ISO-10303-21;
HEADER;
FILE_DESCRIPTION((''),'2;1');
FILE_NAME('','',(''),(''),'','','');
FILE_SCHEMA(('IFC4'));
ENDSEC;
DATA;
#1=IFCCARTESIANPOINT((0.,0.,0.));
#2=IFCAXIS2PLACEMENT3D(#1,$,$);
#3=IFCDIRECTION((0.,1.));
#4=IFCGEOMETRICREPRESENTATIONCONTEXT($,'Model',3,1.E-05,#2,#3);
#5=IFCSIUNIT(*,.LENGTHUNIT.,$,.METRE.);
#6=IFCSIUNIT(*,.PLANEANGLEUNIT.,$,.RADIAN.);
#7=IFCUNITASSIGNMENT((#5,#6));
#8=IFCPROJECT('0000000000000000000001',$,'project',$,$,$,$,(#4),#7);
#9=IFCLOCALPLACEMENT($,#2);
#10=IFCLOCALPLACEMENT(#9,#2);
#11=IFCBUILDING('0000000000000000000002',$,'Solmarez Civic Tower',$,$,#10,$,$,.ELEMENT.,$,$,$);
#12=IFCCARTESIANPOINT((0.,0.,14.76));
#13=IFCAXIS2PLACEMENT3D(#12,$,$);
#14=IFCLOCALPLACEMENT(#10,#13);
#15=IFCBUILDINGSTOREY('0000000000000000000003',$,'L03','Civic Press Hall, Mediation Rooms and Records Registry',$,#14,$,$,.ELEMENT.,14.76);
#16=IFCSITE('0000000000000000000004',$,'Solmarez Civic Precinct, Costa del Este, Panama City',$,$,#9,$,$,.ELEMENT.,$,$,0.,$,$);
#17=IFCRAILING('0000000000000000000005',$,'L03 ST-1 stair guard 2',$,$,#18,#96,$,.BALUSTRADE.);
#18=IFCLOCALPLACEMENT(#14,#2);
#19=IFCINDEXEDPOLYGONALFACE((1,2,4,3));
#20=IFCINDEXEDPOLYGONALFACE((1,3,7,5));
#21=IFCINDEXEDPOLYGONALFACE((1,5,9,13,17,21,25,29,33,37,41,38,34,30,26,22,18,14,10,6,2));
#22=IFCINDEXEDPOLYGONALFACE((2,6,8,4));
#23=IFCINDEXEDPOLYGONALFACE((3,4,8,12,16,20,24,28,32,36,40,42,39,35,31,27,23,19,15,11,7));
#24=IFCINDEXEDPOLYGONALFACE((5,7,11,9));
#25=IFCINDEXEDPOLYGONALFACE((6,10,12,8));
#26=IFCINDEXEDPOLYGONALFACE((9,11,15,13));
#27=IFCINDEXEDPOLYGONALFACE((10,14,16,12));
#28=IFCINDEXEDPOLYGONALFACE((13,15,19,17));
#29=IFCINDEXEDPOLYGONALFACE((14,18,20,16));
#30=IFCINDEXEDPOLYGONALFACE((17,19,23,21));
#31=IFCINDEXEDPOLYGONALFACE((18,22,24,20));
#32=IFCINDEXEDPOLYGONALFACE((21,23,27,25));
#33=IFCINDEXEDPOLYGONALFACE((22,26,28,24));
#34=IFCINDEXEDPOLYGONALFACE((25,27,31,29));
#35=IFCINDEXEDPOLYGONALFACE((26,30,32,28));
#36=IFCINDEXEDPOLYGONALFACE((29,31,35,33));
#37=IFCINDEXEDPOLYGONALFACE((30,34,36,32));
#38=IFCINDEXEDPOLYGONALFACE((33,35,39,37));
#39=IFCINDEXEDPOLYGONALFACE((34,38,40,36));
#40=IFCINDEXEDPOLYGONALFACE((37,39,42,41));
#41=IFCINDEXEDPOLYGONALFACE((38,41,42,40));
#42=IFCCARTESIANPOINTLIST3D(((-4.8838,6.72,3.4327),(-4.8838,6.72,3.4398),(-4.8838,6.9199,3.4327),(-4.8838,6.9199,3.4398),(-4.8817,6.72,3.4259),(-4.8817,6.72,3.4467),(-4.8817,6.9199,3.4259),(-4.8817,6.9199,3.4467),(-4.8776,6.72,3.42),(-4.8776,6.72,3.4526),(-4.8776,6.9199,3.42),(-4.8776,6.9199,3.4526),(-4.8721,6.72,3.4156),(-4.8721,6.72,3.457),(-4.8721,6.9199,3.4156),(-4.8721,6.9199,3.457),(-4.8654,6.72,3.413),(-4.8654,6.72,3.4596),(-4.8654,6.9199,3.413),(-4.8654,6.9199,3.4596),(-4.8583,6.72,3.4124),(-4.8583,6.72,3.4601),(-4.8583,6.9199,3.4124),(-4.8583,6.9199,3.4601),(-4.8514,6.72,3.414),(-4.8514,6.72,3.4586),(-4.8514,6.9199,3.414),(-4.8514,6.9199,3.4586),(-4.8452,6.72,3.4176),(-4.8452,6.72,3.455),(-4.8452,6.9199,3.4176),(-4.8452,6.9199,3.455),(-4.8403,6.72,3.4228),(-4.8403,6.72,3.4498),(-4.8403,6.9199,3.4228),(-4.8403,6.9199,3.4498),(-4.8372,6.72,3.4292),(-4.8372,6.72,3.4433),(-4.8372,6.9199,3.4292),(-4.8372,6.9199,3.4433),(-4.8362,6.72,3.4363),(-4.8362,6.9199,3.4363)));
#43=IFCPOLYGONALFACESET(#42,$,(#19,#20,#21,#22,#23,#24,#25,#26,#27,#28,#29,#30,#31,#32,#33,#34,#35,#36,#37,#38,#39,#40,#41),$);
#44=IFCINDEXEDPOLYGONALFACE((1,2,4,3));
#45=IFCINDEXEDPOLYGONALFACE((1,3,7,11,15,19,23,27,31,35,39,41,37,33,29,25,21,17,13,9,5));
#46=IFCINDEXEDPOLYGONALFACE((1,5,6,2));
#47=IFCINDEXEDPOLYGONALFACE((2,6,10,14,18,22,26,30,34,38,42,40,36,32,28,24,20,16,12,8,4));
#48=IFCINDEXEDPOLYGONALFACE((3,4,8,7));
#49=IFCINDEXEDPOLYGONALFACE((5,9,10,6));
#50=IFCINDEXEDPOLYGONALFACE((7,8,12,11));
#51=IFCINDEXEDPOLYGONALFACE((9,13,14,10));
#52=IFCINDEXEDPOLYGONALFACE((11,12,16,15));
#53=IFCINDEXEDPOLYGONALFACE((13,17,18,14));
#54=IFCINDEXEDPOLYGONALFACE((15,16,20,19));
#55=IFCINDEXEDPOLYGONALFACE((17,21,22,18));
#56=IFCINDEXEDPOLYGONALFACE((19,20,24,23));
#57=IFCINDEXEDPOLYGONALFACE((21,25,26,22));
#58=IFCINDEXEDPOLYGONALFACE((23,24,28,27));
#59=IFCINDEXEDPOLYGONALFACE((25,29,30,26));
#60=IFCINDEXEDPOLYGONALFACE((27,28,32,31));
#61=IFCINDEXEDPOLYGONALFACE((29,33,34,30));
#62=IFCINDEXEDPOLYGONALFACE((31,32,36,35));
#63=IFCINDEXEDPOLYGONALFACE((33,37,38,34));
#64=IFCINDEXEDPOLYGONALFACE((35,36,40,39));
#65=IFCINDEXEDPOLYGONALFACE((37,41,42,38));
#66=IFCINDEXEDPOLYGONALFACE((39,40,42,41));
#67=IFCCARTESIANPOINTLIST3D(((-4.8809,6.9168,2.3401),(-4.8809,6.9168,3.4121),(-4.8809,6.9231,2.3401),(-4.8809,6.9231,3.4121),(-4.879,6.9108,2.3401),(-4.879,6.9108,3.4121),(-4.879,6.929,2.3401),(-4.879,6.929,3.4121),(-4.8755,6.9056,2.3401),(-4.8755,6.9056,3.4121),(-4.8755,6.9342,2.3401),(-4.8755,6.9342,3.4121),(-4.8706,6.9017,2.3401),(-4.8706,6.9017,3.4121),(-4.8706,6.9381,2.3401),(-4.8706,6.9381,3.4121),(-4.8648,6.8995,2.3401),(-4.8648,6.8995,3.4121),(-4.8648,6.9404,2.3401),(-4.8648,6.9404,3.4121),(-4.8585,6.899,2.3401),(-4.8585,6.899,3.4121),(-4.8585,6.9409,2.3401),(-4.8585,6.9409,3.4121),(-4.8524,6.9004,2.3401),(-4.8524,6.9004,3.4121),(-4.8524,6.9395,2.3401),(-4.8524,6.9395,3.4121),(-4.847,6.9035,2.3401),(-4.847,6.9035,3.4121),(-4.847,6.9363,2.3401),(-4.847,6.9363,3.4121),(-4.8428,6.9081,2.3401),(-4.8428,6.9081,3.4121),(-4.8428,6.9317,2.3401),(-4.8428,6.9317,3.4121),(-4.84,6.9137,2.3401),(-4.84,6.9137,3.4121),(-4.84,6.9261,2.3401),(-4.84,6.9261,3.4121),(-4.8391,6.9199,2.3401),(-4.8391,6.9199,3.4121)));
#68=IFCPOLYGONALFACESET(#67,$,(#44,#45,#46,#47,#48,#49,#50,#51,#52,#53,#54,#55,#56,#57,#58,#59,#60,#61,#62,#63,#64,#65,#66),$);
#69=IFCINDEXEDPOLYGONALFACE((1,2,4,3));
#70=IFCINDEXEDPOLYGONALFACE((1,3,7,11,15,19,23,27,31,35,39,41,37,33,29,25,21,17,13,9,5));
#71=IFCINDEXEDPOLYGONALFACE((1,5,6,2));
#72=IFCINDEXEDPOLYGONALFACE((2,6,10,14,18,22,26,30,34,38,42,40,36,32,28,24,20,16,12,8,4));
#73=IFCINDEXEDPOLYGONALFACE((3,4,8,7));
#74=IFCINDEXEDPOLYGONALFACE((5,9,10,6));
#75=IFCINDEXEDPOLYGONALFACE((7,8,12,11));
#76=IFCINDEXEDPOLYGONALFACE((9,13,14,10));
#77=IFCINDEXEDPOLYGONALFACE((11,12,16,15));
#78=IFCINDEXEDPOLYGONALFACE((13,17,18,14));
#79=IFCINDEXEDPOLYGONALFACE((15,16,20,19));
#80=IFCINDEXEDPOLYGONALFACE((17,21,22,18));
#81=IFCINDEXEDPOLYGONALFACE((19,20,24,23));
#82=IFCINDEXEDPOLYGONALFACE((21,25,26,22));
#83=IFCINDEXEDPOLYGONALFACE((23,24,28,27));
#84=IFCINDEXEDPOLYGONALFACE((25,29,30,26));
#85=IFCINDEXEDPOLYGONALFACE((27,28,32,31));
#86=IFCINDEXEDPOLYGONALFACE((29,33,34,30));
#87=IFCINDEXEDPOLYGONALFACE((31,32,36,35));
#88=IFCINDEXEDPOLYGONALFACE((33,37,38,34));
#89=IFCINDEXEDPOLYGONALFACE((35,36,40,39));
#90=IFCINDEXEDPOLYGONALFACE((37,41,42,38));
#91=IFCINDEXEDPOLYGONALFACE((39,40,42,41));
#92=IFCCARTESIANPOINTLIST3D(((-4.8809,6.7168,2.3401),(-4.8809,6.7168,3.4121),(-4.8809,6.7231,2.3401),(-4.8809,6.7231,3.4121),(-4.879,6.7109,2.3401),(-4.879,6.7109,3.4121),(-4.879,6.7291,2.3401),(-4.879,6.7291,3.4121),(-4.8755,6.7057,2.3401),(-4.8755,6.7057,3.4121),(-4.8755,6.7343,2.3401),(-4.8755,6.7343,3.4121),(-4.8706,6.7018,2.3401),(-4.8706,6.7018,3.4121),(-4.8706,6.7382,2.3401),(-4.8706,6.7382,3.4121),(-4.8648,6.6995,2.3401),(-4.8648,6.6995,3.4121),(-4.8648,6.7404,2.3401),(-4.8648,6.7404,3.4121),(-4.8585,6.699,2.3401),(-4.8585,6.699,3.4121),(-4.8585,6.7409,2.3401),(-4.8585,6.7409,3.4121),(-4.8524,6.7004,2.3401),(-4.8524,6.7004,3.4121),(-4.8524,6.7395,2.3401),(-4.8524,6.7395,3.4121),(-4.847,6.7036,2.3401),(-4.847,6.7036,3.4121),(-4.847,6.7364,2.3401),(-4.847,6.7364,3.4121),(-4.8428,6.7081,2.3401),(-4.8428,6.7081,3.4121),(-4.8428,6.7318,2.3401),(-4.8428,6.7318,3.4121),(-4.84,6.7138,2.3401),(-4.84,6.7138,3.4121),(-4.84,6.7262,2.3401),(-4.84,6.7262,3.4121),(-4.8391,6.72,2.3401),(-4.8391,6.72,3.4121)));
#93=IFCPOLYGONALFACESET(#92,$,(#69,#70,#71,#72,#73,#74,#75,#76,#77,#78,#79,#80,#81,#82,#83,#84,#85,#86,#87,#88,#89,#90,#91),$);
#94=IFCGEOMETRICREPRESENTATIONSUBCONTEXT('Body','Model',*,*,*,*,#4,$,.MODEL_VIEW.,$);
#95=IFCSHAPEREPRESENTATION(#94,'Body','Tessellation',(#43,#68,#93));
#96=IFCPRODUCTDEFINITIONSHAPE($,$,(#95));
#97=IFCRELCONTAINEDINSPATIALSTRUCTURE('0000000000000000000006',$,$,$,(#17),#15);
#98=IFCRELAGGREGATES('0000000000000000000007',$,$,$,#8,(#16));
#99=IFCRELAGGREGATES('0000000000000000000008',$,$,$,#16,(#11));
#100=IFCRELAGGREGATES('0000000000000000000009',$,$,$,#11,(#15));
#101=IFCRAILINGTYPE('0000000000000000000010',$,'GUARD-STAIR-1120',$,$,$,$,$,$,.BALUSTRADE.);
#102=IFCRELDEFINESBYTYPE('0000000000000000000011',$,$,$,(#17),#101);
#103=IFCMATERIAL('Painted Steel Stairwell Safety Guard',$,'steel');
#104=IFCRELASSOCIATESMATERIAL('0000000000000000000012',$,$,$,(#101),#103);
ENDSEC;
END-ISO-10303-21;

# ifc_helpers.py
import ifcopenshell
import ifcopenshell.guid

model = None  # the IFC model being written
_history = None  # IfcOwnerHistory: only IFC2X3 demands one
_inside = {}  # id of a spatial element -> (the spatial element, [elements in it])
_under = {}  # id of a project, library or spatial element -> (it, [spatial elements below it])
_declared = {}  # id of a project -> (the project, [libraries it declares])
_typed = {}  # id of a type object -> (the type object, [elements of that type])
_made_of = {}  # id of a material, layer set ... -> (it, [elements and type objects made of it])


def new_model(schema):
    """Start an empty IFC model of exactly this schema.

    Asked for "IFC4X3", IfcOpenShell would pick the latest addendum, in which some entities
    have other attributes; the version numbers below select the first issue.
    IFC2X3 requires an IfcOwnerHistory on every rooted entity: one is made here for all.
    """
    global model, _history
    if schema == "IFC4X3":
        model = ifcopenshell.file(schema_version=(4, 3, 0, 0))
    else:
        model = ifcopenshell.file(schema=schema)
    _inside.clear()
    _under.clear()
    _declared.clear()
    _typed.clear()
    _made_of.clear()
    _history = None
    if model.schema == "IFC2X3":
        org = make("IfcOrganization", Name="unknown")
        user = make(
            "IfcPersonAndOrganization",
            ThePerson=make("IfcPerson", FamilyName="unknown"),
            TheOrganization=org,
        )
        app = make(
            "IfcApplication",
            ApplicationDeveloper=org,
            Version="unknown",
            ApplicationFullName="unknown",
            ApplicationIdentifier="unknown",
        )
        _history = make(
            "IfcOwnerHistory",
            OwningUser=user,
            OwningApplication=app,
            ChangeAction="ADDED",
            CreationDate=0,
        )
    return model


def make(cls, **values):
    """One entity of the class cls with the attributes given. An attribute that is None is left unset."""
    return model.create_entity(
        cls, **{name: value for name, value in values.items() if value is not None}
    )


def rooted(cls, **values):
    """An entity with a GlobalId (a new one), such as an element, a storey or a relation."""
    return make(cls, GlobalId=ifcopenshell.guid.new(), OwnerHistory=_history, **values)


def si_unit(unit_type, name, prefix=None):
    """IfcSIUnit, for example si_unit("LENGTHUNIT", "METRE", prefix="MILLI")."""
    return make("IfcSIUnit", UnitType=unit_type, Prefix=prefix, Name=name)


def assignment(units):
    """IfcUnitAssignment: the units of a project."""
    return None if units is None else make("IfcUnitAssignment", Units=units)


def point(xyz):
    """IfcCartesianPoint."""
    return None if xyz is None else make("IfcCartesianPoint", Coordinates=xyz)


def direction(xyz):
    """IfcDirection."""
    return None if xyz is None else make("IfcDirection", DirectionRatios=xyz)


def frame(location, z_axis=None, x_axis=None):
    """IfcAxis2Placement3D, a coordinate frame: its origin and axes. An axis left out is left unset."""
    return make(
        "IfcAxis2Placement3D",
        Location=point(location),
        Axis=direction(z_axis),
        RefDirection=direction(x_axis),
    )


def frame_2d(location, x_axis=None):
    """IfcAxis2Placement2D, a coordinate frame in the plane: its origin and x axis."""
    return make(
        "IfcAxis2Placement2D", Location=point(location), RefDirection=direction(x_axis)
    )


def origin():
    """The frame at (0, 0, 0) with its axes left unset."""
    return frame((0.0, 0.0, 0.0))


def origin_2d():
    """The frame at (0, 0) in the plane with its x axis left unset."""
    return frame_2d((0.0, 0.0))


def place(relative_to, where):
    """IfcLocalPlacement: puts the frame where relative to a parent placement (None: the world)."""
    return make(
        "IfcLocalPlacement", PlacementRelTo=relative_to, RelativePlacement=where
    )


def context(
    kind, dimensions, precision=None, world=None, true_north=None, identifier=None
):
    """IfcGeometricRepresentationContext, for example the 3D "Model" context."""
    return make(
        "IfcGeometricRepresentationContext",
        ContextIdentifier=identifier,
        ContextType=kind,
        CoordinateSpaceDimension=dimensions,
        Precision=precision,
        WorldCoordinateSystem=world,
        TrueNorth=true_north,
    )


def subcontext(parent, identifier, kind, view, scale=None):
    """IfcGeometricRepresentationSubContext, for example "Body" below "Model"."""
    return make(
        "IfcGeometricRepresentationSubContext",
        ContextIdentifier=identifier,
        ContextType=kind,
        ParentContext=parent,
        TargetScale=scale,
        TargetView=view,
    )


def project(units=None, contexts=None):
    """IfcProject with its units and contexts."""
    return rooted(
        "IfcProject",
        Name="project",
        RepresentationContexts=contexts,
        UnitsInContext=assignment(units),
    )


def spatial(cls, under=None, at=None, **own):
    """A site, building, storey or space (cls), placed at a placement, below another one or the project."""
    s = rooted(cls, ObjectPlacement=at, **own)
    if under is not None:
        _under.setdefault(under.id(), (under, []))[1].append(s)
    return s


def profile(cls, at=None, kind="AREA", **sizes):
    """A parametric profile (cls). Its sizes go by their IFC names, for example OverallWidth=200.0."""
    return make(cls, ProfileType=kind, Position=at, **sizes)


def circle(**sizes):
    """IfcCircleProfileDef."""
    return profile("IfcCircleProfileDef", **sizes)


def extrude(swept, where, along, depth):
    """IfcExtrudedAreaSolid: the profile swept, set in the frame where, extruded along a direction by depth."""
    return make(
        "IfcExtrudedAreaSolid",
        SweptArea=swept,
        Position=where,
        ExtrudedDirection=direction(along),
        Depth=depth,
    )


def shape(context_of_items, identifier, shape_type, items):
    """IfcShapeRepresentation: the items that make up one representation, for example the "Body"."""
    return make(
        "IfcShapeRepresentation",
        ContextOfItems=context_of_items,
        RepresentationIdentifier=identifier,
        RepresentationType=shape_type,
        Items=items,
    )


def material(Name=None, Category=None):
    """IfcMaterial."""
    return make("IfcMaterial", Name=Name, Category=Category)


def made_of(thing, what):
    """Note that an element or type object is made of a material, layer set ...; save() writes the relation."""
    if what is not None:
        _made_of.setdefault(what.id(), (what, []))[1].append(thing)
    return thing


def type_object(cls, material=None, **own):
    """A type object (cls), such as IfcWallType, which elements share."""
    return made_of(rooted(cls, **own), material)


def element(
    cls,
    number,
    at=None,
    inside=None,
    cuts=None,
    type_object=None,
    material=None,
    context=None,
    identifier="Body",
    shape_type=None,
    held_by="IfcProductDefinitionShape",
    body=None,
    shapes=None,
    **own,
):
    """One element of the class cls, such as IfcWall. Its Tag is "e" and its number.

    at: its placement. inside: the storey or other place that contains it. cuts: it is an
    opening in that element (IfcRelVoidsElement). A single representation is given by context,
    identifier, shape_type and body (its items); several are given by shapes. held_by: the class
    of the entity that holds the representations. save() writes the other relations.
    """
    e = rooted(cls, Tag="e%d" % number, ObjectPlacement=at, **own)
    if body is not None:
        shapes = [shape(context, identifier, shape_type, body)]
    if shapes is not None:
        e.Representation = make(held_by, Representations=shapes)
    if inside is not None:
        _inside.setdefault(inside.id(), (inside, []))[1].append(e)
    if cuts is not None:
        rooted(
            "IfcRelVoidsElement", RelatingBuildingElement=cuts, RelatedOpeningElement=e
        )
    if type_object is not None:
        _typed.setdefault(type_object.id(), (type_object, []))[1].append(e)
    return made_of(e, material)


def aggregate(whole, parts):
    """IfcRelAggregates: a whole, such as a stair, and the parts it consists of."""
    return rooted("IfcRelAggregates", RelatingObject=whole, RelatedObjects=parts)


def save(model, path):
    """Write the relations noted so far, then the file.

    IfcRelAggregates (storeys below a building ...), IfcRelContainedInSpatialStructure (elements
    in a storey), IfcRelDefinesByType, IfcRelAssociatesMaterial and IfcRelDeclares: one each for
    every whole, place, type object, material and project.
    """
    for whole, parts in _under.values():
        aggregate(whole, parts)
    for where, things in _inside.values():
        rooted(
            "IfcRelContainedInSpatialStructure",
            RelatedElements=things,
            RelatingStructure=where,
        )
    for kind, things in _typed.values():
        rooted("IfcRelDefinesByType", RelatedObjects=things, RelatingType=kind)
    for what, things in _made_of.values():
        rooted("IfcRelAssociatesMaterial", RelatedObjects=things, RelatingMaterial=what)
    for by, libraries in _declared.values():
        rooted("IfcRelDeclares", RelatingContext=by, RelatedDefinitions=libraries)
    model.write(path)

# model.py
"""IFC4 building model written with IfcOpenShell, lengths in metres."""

from ifc_helpers import new_model, si_unit, direction, frame, origin, origin_2d, place, context, subcontext, project, spatial, circle, extrude, material, type_object, element, save


model = new_model("IFC4")

# Units and contexts
model_context = context("Model", 3, precision=1e-05, world=origin(), true_north=direction((0.0, 1.0)))
body_context = subcontext(model_context, "Body", "Model", "MODEL_VIEW")
ifc_project = project(units=[si_unit("LENGTHUNIT", "METRE"), si_unit("PLANEANGLEUNIT", "RADIAN")], contexts=[model_context])

# Site, building, storey
site_placement = place(None, origin())
site = spatial("IfcSite", under=ifc_project, at=site_placement, Name="Solmarez Civic Precinct, Costa del Este, Panama City", CompositionType="ELEMENT", RefElevation=0.0)
building_placement = place(site_placement, origin())
building = spatial("IfcBuilding", under=site, at=building_placement, Name="Solmarez Civic Tower", CompositionType="ELEMENT")
storey_placement = place(building_placement, frame((0.0, 0.0, 14.76)))
storey = spatial("IfcBuildingStorey", under=building, at=storey_placement, Name="L03", Description="Civic Press Hall, Mediation Rooms and Records Registry", CompositionType="ELEMENT", Elevation=14.76)

# Railing
ifc_material_1 = material(Name="Painted Steel Stairwell Safety Guard", Category="steel")
railing_type_1 = type_object("IfcRailingType", Name="GUARD-STAIR-1120", PredefinedType="BALUSTRADE", material=ifc_material_1)
railing_1_placement = place(storey_placement, frame((-4.8601, 6.9199, 2.3401)))
element("IfcRailing", 1, at=railing_1_placement, inside=storey, type_object=railing_type_1, Name="L03 ST-1 stair guard 2", PredefinedType="BALUSTRADE", context=body_context, shape_type="SweptSolid", body=[
    extrude(circle(Radius=0.0239, at=origin_2d()), frame((0.0, 0.0, 1.0962), z_axis=(0.0, -1.0, 0.0), x_axis=(1.0, 0.0, 0.0)), (0.0, 0.0, 1.0), 0.2),
    extrude(circle(Radius=0.021, at=origin_2d()), origin(), (0.0, 0.0, 1.0), 1.072),
    extrude(circle(Radius=0.021, at=origin_2d()), frame((0.0, -0.2, 0.0)), (0.0, 0.0, 1.0), 1.072),
])

save(model, "model.ifc")
